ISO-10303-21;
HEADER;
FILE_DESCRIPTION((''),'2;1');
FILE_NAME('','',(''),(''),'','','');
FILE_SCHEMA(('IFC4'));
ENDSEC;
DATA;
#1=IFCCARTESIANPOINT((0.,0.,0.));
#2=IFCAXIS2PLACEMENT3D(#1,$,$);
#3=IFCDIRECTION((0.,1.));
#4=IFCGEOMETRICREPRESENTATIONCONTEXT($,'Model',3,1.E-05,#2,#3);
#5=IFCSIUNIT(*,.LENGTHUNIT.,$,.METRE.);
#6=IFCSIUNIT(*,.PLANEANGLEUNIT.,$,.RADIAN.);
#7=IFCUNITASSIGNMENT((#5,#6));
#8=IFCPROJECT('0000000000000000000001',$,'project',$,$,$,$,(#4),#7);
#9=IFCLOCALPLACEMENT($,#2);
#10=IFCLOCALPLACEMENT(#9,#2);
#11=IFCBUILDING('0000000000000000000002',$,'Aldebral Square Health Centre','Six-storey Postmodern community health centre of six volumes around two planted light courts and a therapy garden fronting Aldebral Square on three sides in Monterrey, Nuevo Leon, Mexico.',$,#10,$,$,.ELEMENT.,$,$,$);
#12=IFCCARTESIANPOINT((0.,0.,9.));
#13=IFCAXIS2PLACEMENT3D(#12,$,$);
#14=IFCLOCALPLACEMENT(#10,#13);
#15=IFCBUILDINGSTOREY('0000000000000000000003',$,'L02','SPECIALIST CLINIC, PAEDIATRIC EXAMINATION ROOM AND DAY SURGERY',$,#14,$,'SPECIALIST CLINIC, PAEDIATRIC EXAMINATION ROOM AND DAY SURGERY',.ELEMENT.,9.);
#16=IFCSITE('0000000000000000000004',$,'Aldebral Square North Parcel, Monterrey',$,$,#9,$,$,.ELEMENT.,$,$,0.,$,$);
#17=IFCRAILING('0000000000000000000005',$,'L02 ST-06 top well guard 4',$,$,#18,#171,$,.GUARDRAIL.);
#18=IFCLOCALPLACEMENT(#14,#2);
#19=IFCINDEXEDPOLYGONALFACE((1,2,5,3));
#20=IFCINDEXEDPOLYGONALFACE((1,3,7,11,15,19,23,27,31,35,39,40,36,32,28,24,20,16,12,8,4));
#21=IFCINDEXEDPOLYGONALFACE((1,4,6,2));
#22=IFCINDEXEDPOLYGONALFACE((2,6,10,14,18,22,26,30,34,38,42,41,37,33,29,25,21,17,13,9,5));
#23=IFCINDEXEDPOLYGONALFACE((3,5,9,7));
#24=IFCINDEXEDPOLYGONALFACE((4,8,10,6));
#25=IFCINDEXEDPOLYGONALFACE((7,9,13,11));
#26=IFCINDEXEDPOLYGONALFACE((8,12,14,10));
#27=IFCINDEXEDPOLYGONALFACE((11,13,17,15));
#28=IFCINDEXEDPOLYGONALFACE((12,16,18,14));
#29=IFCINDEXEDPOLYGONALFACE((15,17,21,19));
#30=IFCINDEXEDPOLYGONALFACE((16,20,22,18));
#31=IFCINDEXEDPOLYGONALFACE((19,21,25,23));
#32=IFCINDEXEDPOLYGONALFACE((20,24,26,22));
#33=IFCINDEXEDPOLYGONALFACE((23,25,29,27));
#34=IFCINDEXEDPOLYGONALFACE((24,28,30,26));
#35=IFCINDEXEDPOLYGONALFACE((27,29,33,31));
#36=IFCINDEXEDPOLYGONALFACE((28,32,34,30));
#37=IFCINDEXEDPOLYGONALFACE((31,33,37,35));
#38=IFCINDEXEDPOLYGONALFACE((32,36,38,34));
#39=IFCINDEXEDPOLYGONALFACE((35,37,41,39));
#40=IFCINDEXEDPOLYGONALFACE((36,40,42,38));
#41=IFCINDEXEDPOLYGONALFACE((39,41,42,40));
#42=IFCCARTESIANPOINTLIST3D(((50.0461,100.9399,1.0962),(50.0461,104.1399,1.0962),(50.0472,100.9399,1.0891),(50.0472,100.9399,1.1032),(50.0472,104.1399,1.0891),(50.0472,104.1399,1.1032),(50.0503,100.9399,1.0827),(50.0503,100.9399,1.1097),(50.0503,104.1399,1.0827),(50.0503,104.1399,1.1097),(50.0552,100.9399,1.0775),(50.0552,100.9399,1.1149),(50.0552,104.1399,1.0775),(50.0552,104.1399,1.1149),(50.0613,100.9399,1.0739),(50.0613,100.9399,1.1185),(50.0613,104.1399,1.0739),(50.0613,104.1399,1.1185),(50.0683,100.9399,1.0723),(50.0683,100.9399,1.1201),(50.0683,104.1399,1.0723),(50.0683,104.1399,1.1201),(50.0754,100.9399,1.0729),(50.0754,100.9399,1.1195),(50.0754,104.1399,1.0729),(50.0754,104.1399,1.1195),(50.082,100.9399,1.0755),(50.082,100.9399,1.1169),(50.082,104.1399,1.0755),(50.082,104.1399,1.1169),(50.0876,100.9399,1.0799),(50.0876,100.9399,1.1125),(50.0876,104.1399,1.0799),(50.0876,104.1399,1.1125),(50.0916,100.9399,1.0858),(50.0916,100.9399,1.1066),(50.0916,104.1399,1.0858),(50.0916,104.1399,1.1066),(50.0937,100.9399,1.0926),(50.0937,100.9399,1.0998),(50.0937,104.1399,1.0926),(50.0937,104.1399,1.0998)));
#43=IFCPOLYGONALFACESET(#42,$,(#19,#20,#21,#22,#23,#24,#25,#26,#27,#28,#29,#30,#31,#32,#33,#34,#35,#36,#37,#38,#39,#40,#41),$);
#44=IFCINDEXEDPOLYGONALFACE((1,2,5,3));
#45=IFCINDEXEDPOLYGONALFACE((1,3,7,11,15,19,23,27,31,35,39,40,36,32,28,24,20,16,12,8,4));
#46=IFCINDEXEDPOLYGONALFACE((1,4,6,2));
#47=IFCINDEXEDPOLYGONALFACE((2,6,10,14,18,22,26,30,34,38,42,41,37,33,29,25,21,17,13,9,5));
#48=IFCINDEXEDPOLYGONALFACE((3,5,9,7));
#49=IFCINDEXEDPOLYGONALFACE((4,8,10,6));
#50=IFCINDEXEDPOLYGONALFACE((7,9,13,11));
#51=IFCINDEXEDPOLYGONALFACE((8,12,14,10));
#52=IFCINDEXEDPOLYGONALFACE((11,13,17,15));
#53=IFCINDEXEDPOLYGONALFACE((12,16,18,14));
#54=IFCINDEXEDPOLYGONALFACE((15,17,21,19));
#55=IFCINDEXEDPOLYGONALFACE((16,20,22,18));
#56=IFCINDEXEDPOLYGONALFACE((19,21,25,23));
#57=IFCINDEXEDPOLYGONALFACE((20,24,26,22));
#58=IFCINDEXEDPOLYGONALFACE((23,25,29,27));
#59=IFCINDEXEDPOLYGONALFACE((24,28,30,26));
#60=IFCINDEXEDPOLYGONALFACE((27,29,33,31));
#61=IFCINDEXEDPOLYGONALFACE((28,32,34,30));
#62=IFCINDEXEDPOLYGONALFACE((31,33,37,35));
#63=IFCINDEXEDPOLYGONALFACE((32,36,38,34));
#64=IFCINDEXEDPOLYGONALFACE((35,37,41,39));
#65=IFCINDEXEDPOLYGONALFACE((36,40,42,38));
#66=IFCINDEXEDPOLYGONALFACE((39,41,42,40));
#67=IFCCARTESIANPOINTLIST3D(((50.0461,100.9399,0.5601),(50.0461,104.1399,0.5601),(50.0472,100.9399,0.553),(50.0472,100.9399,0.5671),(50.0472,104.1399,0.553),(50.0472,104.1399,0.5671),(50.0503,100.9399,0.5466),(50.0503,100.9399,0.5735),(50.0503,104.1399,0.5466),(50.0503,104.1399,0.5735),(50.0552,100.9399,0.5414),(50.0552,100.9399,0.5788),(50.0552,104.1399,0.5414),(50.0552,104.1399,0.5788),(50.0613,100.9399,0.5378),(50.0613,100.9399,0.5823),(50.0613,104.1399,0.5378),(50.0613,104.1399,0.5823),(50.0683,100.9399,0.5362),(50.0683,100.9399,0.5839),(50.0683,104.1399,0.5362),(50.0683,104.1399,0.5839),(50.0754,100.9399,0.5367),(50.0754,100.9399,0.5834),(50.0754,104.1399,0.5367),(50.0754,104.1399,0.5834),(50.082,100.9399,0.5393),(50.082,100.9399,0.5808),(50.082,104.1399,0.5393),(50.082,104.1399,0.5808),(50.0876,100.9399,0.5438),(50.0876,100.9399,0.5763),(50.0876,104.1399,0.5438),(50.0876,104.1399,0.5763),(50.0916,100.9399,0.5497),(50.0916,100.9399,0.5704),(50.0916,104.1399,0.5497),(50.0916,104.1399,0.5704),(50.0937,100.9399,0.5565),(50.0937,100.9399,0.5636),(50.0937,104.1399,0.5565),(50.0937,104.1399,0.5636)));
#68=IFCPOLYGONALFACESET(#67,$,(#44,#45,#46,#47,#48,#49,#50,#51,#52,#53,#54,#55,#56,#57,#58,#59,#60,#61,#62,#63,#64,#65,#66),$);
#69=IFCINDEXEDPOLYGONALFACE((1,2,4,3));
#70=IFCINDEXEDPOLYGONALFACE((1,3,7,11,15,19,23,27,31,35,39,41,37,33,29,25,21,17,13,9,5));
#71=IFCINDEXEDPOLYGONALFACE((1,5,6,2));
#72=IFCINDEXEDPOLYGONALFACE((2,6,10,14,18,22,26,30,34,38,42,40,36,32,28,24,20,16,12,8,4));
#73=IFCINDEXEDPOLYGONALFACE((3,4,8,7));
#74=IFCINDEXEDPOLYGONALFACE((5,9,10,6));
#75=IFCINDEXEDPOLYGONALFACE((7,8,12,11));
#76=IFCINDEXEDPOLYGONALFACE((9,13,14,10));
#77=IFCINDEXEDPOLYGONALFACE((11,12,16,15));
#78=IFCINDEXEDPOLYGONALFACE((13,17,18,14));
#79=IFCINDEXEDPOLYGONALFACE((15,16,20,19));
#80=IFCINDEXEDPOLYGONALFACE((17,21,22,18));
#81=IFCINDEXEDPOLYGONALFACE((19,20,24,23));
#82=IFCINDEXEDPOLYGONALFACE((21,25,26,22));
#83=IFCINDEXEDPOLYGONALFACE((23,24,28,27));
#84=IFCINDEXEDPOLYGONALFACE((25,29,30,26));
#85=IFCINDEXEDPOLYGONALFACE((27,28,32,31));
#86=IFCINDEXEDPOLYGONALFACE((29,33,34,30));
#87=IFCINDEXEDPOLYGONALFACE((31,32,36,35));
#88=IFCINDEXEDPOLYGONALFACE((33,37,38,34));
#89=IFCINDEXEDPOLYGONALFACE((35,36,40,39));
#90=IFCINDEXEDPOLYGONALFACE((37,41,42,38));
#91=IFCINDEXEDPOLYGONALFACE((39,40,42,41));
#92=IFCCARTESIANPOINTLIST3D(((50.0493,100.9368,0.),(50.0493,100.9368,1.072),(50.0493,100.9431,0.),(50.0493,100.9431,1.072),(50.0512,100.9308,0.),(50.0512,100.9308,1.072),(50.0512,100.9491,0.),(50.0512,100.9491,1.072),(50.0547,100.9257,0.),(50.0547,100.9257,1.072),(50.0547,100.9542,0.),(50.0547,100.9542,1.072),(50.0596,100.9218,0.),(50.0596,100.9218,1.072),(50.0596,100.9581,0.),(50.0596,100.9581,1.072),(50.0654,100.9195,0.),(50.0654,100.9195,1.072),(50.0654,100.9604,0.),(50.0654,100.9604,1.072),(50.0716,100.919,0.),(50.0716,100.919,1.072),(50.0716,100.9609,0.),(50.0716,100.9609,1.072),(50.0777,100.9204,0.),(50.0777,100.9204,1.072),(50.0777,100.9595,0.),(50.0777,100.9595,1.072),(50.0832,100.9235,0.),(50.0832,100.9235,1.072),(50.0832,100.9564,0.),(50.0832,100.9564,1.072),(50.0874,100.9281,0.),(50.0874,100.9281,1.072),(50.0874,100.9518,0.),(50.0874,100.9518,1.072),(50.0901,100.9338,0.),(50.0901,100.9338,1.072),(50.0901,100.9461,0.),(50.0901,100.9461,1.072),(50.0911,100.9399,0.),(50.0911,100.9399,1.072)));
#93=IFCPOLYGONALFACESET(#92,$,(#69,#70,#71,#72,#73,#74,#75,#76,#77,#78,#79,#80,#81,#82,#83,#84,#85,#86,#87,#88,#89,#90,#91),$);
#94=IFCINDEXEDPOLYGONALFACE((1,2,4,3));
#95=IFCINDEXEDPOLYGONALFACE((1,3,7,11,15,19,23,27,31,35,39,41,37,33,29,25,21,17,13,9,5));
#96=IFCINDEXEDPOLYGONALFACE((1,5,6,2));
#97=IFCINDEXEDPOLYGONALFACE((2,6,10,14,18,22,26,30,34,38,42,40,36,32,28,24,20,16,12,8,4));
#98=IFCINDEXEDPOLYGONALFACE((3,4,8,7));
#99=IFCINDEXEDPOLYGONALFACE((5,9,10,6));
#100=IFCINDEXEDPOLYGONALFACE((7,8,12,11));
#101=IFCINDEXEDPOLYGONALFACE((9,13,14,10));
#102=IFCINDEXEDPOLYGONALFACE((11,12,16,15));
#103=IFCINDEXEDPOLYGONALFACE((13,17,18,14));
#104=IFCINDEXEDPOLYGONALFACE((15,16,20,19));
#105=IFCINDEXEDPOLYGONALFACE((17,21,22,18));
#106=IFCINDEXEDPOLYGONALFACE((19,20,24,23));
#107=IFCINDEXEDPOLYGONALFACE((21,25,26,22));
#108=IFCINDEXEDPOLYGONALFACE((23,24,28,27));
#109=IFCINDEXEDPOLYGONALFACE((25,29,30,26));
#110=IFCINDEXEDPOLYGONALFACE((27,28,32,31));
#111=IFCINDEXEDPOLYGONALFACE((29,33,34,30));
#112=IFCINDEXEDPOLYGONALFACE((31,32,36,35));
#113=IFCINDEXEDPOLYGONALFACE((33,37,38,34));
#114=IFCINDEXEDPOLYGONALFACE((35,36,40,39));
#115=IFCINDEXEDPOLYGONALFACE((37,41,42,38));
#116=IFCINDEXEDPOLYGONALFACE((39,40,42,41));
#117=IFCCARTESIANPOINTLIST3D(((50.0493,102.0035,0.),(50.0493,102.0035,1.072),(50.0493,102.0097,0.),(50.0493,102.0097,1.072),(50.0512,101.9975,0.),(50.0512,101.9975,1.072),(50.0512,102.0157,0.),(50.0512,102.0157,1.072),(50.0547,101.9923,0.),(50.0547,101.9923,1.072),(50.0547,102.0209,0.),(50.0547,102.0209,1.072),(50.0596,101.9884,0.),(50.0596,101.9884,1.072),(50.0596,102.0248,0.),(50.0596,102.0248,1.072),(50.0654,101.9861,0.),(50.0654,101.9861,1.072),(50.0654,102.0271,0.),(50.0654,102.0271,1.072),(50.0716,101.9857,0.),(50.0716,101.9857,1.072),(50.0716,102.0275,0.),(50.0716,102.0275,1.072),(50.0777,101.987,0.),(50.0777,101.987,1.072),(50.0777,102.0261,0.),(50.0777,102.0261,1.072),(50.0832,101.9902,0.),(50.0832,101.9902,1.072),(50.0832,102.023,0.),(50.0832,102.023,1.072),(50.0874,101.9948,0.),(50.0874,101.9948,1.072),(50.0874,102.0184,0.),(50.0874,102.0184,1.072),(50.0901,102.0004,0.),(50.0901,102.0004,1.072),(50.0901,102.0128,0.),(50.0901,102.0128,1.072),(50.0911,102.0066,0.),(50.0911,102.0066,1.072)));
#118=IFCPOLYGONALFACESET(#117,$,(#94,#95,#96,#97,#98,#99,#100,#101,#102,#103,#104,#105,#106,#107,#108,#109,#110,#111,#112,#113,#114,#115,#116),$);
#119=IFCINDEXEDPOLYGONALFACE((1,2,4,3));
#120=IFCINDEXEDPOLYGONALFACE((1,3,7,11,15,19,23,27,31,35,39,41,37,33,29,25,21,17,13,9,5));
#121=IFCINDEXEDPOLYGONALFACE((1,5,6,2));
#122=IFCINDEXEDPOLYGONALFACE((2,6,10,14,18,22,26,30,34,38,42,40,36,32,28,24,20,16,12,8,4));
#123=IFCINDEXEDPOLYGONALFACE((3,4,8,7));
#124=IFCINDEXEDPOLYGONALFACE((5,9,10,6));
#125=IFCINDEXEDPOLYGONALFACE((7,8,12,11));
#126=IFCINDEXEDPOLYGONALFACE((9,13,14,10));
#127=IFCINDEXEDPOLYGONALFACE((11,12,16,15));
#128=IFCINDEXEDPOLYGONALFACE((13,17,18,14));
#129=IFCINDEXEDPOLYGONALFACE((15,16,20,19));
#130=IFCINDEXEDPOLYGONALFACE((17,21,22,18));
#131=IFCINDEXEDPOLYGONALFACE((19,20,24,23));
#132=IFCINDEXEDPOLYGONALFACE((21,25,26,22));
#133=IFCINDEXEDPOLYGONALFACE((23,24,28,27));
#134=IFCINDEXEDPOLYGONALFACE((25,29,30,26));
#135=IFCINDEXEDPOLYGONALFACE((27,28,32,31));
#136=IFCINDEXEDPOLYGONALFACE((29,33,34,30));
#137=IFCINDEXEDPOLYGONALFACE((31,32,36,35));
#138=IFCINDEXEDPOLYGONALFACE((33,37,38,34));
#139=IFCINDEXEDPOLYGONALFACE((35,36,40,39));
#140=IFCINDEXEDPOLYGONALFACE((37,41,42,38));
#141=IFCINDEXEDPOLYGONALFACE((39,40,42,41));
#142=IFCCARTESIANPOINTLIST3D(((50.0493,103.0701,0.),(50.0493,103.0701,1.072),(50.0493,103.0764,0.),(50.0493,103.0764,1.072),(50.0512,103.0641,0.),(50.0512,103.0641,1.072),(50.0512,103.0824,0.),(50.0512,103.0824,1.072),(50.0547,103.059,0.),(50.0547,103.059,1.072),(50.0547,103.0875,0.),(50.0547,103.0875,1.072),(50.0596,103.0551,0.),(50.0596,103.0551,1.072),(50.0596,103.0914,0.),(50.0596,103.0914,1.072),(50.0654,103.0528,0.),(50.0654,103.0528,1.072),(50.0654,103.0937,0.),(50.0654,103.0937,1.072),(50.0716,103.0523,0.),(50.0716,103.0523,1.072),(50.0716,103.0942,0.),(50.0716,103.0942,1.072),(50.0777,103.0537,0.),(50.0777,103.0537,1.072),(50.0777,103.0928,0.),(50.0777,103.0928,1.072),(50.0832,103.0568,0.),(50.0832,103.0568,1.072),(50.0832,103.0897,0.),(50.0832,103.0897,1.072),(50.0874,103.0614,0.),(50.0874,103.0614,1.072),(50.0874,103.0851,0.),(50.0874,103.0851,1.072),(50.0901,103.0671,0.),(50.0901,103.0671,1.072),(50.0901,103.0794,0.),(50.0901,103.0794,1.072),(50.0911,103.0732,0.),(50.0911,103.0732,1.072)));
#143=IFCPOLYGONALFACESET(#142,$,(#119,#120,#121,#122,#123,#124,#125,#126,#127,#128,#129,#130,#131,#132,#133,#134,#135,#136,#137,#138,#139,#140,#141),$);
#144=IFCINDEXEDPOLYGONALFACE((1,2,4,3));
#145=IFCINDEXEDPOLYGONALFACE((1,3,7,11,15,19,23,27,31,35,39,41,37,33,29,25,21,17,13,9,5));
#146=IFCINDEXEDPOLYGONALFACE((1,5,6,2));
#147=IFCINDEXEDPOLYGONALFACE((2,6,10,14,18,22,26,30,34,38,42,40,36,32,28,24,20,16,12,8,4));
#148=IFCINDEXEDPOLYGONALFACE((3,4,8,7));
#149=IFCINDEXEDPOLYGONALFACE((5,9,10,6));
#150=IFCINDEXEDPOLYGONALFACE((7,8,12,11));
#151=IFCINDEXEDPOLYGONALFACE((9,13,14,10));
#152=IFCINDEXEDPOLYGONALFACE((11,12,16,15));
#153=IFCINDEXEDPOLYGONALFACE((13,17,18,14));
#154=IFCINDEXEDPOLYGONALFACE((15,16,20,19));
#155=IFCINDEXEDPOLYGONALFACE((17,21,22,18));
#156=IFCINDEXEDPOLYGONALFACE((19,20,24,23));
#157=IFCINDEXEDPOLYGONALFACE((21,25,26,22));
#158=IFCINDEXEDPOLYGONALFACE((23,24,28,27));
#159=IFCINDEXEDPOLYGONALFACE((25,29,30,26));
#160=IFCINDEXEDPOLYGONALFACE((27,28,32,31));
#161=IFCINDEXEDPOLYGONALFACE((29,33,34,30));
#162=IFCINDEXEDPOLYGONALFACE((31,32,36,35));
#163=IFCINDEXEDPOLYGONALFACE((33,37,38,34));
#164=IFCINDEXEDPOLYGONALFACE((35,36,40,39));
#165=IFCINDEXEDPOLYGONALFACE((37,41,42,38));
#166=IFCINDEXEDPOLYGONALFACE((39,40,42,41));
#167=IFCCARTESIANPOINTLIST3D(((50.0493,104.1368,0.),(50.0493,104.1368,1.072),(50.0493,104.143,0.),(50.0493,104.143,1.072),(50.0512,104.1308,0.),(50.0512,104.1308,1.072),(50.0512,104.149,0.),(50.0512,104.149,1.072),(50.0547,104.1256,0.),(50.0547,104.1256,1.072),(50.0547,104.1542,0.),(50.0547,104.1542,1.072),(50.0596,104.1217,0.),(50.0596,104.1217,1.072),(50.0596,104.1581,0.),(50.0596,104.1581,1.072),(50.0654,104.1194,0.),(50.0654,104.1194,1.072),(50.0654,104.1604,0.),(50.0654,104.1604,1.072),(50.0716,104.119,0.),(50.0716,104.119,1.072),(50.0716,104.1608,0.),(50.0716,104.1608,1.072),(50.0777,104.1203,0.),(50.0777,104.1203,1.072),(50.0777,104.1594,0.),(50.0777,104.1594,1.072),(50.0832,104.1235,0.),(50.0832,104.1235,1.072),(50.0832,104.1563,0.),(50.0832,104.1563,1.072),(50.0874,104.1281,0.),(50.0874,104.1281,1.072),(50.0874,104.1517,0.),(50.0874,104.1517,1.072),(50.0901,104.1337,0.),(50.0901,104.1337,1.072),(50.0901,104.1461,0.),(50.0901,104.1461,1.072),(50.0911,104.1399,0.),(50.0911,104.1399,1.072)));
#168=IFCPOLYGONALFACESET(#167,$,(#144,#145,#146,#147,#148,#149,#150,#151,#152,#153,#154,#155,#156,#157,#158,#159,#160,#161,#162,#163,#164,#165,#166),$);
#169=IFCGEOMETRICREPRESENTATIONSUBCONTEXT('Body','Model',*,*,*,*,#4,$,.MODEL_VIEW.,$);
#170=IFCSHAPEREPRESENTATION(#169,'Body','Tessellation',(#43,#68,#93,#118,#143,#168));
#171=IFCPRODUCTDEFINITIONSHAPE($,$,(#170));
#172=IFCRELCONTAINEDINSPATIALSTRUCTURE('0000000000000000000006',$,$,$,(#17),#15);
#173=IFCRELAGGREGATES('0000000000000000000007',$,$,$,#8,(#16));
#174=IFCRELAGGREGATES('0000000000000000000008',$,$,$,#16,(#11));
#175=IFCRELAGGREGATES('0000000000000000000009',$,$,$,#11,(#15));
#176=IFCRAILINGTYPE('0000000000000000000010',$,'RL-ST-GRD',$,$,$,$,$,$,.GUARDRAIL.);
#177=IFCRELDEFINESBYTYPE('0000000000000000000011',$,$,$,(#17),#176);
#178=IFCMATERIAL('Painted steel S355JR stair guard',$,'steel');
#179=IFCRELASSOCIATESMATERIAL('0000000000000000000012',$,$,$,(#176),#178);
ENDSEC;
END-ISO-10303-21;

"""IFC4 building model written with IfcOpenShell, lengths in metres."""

from ifc_helpers import new_model, si_unit, direction, frame, origin, origin_2d, place, context, subcontext, project, spatial, circle, extrude, material, type_object, element, save


model = new_model("IFC4")

# Units and contexts
model_context = context("Model", 3, precision=1e-05, world=origin(), true_north=direction((0.0, 1.0)))
body_context = subcontext(model_context, "Body", "Model", "MODEL_VIEW")
ifc_project = project(units=[si_unit("LENGTHUNIT", "METRE"), si_unit("PLANEANGLEUNIT", "RADIAN")], contexts=[model_context])

# Site, building, storey
site_placement = place(None, origin())
site = spatial("IfcSite", under=ifc_project, at=site_placement, Name="Aldebral Square North Parcel, Monterrey", CompositionType="ELEMENT", RefElevation=0.0)
building_placement = place(site_placement, origin())
building = spatial("IfcBuilding", under=site, at=building_placement, Name="Aldebral Square Health Centre", Description="Six-storey Postmodern community health centre of six volumes around two planted light courts and a therapy garden fronting Aldebral Square on three sides in Monterrey, Nuevo Leon, Mexico.", CompositionType="ELEMENT")
storey_placement = place(building_placement, frame((0.0, 0.0, 9.0)))
storey = spatial("IfcBuildingStorey", under=building, at=storey_placement, Name="L02", Description="SPECIALIST CLINIC, PAEDIATRIC EXAMINATION ROOM AND DAY SURGERY", LongName="SPECIALIST CLINIC, PAEDIATRIC EXAMINATION ROOM AND DAY SURGERY", CompositionType="ELEMENT", Elevation=9.0)

# Railing
ifc_material_1 = material(Name="Painted steel S355JR stair guard", Category="steel")
railing_type = type_object("IfcRailingType", Name="RL-ST-GRD", PredefinedType="GUARDRAIL", material=ifc_material_1)
railing_1_placement = place(storey_placement, frame((50.0701, 100.9399, 0.0)))
element("IfcRailing", 1, at=railing_1_placement, inside=storey, type_object=railing_type, Name="L02 ST-06 top well guard 4", PredefinedType="GUARDRAIL", context=body_context, shape_type="SweptSolid", body=[
    extrude(circle(Radius=0.0239, at=origin_2d()), frame((0.0, 0.0, 1.0962), z_axis=(0.0, 1.0, 0.0), x_axis=(-1.0, 0.0, 0.0)), (0.0, 0.0, 1.0), 3.2),
    extrude(circle(Radius=0.0239, at=origin_2d()), frame((0.0, 0.0, 0.5601), z_axis=(0.0, 1.0, 0.0), x_axis=(-1.0, 0.0, 0.0)), (0.0, 0.0, 1.0), 3.2),
    extrude(circle(Radius=0.021, at=origin_2d()), origin(), (0.0, 0.0, 1.0), 1.072),
    extrude(circle(Radius=0.021, at=origin_2d()), frame((0.0, 1.0667, 0.0)), (0.0, 0.0, 1.0), 1.072),
    extrude(circle(Radius=0.021, at=origin_2d()), frame((0.0, 2.1333, 0.0)), (0.0, 0.0, 1.0), 1.072),
    extrude(circle(Radius=0.021, at=origin_2d()), frame((0.0, 3.2, 0.0)), (0.0, 0.0, 1.0), 1.072),
])

save(model, "model.ifc")
